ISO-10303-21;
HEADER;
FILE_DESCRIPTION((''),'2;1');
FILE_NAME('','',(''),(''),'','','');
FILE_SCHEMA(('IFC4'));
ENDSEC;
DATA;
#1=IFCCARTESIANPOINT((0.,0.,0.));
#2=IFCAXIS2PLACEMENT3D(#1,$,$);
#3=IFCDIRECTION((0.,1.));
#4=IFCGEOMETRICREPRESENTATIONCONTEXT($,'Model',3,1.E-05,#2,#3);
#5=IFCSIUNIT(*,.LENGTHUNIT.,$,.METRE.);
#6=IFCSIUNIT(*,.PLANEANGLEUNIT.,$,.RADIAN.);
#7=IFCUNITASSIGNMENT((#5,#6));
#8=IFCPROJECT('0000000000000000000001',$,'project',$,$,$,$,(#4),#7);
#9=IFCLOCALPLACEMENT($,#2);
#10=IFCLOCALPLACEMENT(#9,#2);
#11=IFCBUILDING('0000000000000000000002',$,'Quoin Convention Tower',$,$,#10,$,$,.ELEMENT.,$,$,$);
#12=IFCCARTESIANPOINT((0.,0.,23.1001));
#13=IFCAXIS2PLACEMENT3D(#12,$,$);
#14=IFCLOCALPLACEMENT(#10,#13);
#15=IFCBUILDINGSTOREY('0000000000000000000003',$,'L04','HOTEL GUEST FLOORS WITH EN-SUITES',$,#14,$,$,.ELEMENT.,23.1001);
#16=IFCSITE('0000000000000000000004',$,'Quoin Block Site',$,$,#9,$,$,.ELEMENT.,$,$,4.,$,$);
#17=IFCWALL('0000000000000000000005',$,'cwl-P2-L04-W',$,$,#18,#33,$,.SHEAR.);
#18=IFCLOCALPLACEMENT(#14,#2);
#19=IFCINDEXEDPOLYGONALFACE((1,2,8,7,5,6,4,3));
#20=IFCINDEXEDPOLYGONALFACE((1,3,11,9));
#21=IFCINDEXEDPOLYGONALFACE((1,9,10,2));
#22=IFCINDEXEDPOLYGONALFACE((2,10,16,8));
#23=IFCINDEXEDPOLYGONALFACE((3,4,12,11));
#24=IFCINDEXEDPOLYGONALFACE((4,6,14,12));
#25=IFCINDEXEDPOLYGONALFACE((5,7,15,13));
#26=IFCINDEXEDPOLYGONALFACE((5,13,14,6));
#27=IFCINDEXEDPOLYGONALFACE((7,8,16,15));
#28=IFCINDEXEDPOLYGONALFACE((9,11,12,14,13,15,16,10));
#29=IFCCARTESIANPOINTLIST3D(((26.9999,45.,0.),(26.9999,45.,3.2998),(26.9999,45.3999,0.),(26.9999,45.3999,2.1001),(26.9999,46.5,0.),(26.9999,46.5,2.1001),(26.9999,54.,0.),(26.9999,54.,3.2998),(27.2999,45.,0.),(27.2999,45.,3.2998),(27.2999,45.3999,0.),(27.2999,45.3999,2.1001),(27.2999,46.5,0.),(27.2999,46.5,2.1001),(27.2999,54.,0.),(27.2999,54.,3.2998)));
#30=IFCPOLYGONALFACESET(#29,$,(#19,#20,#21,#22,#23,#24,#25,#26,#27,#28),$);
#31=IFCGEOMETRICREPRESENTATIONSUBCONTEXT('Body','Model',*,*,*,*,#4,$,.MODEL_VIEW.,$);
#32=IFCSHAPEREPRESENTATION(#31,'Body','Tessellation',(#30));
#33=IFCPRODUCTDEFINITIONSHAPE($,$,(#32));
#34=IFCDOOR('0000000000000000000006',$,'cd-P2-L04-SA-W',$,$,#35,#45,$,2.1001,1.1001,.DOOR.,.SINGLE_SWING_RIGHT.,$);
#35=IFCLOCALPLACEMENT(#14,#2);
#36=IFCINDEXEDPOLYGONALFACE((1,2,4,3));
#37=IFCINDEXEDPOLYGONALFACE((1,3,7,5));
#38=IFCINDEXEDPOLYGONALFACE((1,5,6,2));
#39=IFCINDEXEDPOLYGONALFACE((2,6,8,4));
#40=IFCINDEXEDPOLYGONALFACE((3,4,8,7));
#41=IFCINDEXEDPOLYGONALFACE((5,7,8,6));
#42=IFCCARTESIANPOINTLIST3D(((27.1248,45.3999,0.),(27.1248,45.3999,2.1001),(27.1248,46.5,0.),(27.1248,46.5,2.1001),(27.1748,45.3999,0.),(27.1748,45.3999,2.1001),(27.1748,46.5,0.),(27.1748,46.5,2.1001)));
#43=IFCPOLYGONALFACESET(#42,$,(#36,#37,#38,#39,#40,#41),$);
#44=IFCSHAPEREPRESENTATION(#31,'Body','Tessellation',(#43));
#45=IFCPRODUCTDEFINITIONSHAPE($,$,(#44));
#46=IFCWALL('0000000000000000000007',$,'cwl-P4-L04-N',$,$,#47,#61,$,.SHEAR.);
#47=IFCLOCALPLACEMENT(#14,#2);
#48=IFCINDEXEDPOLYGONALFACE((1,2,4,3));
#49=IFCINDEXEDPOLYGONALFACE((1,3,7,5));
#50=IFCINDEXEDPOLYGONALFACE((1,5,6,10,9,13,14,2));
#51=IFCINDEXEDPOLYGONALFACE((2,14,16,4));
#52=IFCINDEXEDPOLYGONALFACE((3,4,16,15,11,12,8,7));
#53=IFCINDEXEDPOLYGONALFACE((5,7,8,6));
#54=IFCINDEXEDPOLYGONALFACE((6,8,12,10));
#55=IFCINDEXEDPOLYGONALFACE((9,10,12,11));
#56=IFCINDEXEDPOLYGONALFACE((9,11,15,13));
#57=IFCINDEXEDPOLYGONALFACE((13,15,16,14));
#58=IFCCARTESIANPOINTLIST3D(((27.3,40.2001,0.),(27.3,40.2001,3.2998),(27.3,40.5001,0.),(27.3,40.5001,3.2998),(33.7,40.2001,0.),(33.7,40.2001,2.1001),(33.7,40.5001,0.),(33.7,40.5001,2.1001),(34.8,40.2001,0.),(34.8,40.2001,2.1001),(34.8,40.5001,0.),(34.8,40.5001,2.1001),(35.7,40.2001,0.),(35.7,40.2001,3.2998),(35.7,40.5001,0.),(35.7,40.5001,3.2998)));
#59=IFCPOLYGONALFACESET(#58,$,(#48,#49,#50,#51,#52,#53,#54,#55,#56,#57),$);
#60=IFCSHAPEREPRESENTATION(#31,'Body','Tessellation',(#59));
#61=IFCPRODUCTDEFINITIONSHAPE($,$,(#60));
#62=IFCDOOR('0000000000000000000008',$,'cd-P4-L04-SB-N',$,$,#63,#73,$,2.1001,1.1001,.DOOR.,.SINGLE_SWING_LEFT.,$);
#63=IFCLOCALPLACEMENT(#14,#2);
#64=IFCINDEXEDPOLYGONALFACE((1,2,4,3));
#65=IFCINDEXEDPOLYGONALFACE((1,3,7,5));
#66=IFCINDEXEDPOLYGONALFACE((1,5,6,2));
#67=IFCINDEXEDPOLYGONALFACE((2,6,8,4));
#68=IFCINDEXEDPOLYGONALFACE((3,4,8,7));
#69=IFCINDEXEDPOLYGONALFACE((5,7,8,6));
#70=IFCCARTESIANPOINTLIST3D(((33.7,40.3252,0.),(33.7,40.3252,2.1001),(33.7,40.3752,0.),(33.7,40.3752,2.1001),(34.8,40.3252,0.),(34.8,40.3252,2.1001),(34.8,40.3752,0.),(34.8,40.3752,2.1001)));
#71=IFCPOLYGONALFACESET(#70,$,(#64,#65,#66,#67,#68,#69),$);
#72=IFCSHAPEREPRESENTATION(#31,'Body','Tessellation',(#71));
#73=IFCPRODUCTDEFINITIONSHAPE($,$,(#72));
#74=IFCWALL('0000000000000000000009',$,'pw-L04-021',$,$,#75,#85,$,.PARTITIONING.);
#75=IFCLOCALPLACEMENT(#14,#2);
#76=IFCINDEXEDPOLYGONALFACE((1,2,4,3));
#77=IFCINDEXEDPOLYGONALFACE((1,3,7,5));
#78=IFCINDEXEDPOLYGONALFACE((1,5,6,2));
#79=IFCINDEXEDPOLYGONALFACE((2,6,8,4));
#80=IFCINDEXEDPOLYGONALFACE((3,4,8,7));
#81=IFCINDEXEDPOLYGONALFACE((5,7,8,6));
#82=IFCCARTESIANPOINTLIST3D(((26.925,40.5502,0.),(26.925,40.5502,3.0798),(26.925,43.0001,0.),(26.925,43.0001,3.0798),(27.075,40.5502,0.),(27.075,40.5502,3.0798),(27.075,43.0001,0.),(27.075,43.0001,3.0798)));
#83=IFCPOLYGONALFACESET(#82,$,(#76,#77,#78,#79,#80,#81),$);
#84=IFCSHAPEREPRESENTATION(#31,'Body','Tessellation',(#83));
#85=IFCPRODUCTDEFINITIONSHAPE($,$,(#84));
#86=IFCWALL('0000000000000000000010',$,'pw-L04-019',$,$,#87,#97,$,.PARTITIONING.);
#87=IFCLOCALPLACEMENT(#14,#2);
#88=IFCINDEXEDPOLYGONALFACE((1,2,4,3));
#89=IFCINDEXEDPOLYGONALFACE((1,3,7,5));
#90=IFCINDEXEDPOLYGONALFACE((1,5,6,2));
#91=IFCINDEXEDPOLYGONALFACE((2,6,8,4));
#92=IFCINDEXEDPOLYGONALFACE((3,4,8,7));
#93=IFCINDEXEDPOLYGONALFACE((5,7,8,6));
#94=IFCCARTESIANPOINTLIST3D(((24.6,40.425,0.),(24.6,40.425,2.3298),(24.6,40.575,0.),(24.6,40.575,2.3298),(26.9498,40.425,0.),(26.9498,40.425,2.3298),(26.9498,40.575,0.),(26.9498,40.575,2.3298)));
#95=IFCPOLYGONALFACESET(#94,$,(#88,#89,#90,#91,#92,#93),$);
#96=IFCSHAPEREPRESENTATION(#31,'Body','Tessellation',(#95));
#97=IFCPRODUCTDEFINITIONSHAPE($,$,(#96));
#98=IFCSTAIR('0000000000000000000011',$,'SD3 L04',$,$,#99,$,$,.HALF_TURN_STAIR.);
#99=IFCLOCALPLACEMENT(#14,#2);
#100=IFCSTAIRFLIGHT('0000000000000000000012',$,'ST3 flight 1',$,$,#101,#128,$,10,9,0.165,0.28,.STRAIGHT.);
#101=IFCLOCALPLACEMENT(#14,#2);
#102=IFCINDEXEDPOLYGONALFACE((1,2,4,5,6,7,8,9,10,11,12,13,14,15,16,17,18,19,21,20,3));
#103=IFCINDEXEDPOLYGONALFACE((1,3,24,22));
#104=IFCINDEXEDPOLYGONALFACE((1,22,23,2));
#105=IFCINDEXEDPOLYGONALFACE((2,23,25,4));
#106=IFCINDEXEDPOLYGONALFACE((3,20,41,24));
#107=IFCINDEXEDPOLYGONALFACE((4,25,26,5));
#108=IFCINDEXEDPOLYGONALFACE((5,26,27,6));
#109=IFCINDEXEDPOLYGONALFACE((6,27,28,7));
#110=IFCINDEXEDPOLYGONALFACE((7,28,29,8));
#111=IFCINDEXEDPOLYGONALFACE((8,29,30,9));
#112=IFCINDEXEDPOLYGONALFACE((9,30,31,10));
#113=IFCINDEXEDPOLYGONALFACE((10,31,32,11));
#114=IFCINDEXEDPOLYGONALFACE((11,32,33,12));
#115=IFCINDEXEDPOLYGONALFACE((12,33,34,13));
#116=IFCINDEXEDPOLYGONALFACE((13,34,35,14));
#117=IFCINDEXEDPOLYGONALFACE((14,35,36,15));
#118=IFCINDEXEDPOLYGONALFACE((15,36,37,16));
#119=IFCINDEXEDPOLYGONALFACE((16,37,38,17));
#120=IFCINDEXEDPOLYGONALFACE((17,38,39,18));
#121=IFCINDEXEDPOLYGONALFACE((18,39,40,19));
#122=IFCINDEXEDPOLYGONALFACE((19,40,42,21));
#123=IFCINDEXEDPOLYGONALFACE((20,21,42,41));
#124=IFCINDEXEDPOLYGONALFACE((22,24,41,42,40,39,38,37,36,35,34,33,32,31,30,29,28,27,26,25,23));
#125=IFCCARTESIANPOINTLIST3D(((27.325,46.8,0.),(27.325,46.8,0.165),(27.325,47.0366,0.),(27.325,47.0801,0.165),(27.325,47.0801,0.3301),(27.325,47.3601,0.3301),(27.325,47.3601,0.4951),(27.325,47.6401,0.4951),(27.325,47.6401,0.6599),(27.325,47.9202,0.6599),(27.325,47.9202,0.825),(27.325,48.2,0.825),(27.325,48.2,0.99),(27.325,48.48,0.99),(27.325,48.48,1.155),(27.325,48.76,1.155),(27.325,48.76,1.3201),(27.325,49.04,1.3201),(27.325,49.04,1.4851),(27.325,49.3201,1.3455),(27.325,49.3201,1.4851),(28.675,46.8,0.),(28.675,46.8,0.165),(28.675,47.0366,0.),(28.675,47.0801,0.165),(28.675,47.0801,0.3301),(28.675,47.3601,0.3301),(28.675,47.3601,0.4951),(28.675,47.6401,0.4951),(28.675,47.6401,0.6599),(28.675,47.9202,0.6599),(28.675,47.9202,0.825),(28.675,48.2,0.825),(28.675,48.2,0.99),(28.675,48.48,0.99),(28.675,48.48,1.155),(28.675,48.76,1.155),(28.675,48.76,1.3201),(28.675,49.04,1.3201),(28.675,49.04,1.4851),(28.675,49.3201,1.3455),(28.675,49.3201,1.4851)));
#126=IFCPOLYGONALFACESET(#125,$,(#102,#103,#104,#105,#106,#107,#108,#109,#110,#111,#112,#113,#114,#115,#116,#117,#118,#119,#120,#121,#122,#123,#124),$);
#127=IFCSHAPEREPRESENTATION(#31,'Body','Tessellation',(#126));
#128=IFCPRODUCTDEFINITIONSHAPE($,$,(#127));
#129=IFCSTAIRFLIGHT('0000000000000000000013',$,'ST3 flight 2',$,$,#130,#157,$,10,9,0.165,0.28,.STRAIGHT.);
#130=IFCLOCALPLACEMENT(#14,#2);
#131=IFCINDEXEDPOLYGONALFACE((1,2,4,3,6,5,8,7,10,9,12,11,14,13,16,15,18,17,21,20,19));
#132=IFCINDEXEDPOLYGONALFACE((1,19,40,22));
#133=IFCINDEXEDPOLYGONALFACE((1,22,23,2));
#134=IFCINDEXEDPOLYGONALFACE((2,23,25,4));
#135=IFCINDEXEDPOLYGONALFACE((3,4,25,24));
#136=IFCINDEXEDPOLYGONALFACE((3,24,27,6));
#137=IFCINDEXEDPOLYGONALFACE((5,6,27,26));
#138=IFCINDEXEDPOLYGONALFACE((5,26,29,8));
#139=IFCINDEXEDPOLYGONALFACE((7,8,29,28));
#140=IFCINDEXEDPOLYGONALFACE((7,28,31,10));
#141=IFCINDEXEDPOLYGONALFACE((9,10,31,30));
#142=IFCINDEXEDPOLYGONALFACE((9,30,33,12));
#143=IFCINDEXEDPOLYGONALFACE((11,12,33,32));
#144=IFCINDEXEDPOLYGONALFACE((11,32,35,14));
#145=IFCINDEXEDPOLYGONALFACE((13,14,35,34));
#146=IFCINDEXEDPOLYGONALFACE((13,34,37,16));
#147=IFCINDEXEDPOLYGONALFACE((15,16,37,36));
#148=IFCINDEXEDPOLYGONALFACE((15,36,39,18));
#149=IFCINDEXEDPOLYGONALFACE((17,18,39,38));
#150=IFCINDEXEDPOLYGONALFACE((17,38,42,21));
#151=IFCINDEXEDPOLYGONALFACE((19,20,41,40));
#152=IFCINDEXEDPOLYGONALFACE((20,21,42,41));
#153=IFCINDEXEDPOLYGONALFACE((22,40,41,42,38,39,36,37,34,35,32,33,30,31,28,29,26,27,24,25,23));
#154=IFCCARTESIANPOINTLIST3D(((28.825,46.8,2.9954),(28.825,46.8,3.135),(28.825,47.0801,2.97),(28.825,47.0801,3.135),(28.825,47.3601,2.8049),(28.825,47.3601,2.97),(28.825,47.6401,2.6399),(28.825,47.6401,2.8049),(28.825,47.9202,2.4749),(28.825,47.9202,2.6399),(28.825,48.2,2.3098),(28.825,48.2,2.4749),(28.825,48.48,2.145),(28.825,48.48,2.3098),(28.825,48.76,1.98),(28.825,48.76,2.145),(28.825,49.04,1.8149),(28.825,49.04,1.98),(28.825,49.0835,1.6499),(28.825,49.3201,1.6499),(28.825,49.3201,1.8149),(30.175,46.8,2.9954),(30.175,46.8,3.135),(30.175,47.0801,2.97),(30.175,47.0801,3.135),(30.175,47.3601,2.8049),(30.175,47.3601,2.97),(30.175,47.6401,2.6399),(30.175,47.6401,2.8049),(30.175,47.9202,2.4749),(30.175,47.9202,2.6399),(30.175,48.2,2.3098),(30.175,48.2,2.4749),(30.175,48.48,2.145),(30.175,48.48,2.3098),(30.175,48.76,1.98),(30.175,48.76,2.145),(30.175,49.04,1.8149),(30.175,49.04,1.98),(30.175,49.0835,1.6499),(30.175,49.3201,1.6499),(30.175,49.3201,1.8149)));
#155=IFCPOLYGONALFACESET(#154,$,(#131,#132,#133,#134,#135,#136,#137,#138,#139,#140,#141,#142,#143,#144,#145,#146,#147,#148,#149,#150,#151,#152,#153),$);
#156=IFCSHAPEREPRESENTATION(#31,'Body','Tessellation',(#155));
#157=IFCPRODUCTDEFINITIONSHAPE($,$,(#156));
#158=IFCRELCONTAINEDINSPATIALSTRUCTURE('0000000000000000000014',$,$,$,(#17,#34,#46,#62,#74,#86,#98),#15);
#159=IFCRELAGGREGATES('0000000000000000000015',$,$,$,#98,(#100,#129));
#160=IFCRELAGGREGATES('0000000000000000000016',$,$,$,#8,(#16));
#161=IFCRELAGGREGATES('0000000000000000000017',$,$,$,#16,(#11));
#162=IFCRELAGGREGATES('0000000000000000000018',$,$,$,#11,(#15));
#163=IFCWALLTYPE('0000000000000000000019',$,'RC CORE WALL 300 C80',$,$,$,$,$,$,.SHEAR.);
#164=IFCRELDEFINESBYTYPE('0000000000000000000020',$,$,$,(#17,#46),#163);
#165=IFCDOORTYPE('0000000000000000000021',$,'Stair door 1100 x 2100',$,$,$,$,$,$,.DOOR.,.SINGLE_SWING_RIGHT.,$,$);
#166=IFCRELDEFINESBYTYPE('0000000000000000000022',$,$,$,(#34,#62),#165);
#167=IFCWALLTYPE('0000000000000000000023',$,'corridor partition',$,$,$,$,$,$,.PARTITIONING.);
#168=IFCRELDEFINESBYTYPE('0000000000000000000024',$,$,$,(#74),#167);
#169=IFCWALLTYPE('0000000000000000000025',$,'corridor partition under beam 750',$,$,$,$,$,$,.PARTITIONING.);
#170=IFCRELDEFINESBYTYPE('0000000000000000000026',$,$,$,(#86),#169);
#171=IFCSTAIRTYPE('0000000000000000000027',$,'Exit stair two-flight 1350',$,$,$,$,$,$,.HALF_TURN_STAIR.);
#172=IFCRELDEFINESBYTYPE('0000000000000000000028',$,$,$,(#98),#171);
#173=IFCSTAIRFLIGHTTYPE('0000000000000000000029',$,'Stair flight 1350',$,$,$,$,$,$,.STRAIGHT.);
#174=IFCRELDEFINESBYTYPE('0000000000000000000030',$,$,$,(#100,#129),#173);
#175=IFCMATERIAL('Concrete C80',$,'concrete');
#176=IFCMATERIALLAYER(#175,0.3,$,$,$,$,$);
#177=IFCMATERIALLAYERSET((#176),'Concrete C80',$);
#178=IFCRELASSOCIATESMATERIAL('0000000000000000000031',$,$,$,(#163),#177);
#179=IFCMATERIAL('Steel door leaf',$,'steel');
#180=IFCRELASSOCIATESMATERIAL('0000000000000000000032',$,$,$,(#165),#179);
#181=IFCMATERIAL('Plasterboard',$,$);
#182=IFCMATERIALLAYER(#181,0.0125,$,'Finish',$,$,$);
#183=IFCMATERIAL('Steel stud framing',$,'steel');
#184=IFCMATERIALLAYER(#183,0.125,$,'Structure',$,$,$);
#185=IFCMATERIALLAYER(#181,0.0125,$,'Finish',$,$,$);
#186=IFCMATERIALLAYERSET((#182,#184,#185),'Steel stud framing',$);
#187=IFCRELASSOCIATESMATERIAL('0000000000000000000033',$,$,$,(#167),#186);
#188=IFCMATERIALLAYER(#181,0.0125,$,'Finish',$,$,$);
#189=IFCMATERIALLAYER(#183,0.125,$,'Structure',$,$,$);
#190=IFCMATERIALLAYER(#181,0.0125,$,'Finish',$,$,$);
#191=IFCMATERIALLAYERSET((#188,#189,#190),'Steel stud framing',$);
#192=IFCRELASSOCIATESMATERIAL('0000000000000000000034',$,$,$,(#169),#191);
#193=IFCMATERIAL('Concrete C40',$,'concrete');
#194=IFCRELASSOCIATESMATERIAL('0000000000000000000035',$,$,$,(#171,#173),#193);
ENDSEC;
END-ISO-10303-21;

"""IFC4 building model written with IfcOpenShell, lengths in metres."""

from ifc_helpers import new_model, si_unit, direction, frame, frame_2d, origin, place, context, subcontext, project, spatial, polyline, rectangle, outline, extrude, material, layer, layer_set, type_object, element, fill, aggregate, save


model = new_model("IFC4")

# Units and contexts
model_context = context("Model", 3, precision=1e-05, world=origin(), true_north=direction((0.0, 1.0)))
body_context = subcontext(model_context, "Body", "Model", "MODEL_VIEW")
ifc_project = project(units=[si_unit("LENGTHUNIT", "METRE"), si_unit("PLANEANGLEUNIT", "RADIAN")], contexts=[model_context])

# Site, building, storey
site_placement = place(None, origin())
site = spatial("IfcSite", under=ifc_project, at=site_placement, Name="Quoin Block Site", CompositionType="ELEMENT", RefElevation=4.0)
building_placement = place(site_placement, origin())
building = spatial("IfcBuilding", under=site, at=building_placement, Name="Quoin Convention Tower", CompositionType="ELEMENT")
storey_placement = place(building_placement, frame((0.0, 0.0, 23.1001)))
storey = spatial("IfcBuildingStorey", under=building, at=storey_placement, Name="L04", Description="HOTEL GUEST FLOORS WITH EN-SUITES", CompositionType="ELEMENT", Elevation=23.1001)

# Shared definitions
ifc_material_1 = material(Name="Concrete C80", Category="concrete")

# Shared definitions
ifc_material_2 = material(Name="Steel door leaf", Category="steel")

# Walls, openings, doors
ifc_layer_1 = layer(ifc_material_1, 0.3)
ifc_layer_set_1 = layer_set([ifc_layer_1], Name="Concrete C80")
wall_type_1 = type_object("IfcWallType", Name="RC CORE WALL 300 C80", PredefinedType="SHEAR", material=ifc_layer_set_1)
wall_1_placement = place(storey_placement, frame((27.1499, 45.0, 0.0), z_axis=(0.0, 0.0, 1.0), x_axis=(0.0, 1.0, 0.0)))
wall_1 = element("IfcWall", 1, at=wall_1_placement, inside=storey, type_object=wall_type_1, Name="cwl-P2-L04-W", PredefinedType="SHEAR", context=body_context, shape_type="SweptSolid", body=[
    extrude(rectangle(XDim=9.0, YDim=0.3, at=frame_2d((4.5, 0.0))), origin(), (0.0, 0.0, 1.0), 3.2998),
])
opening_1_placement = place(wall_1_placement, frame((0.3999, 0.0, 0.0)))
opening_1 = element("IfcOpeningElement", 2, at=opening_1_placement, cuts=wall_1, PredefinedType="OPENING", context=body_context, shape_type="SweptSolid", body=[
    extrude(rectangle(XDim=1.1001, YDim=2.1001, at=frame_2d((0.55, 1.05))), frame((0.0, 0.1599, 0.0), z_axis=(0.0, -1.0, 0.0), x_axis=(1.0, 0.0, 0.0)), (0.0, 0.0, 1.0), 0.3201),
])
door_type_1 = type_object("IfcDoorType", Name="Stair door 1100 x 2100", OperationType="SINGLE_SWING_RIGHT", PredefinedType="DOOR", material=ifc_material_2)
door_1_placement = place(opening_1_placement, frame((1.1001, 0.0, 0.0), z_axis=(0.0, 0.0, 1.0), x_axis=(-1.0, 0.0, 0.0)))
door_1 = element("IfcDoor", 3, at=door_1_placement, inside=storey, type_object=door_type_1, Name="cd-P2-L04-SA-W", OperationType="SINGLE_SWING_RIGHT", OverallHeight=2.1001, OverallWidth=1.1001, PredefinedType="DOOR", context=body_context, shape_type="SweptSolid", body=[
    extrude(rectangle(XDim=1.1001, YDim=2.1001, at=frame_2d((0.55, 1.05))), frame((0.0, 0.0249, 0.0), z_axis=(0.0, -1.0, 0.0), x_axis=(1.0, 0.0, 0.0)), (0.0, 0.0, 1.0), 0.05),
])
fill(opening_1, door_1)
wall_2_placement = place(storey_placement, frame((27.3, 40.3501, 0.0), z_axis=(0.0, 0.0, 1.0), x_axis=(1.0, 0.0, 0.0)))
wall_2 = element("IfcWall", 4, at=wall_2_placement, inside=storey, type_object=wall_type_1, Name="cwl-P4-L04-N", PredefinedType="SHEAR", context=body_context, shape_type="SweptSolid", body=[
    extrude(rectangle(XDim=8.3999, YDim=0.3, at=frame_2d((4.2, 0.0))), origin(), (0.0, 0.0, 1.0), 3.2998),
])
opening_2_placement = place(wall_2_placement, frame((6.3999, 0.0, 0.0)))
opening_2 = element("IfcOpeningElement", 5, at=opening_2_placement, cuts=wall_2, PredefinedType="OPENING", context=body_context, shape_type="SweptSolid", body=[
    extrude(rectangle(XDim=1.1001, YDim=2.1001, at=frame_2d((0.55, 1.05))), frame((0.0, 0.1599, 0.0), z_axis=(0.0, -1.0, 0.0), x_axis=(1.0, 0.0, 0.0)), (0.0, 0.0, 1.0), 0.3201),
])
door_2_placement = place(opening_2_placement, frame((1.1001, 0.0, 0.0), z_axis=(0.0, 0.0, 1.0), x_axis=(-1.0, 0.0, 0.0)))
door_2 = element("IfcDoor", 6, at=door_2_placement, inside=storey, type_object=door_type_1, Name="cd-P4-L04-SB-N", OperationType="SINGLE_SWING_LEFT", OverallHeight=2.1001, OverallWidth=1.1001, PredefinedType="DOOR", context=body_context, shape_type="SweptSolid", body=[
    extrude(rectangle(XDim=1.1001, YDim=2.1001, at=frame_2d((0.55, 1.05))), frame((0.0, 0.0249, 0.0), z_axis=(0.0, -1.0, 0.0), x_axis=(1.0, 0.0, 0.0)), (0.0, 0.0, 1.0), 0.05),
])
fill(opening_2, door_2)

# Walls
ifc_material_3 = material(Name="Plasterboard")
ifc_layer_2 = layer(ifc_material_3, 0.0125, Name="Finish")
ifc_material_4 = material(Name="Steel stud framing", Category="steel")
ifc_layer_3 = layer(ifc_material_4, 0.125, Name="Structure")
ifc_layer_4 = layer(ifc_material_3, 0.0125, Name="Finish")
ifc_layer_set_2 = layer_set([ifc_layer_2, ifc_layer_3, ifc_layer_4], Name="Steel stud framing")
wall_type_2 = type_object("IfcWallType", Name="corridor partition", PredefinedType="PARTITIONING", material=ifc_layer_set_2)
wall_3_placement = place(storey_placement, frame((27.0, 40.55, 0.0), z_axis=(0.0, 0.0, 1.0), x_axis=(0.0, 1.0, 0.0)))
element("IfcWall", 7, at=wall_3_placement, inside=storey, type_object=wall_type_2, Name="pw-L04-021", PredefinedType="PARTITIONING", context=body_context, shape_type="SweptSolid", body=[
    extrude(rectangle(XDim=2.45, YDim=0.1499, at=frame_2d((1.2251, 0.0))), origin(), (0.0, 0.0, 1.0), 3.0798),
])
ifc_layer_5 = layer(ifc_material_3, 0.0125, Name="Finish")
ifc_layer_6 = layer(ifc_material_4, 0.125, Name="Structure")
ifc_layer_7 = layer(ifc_material_3, 0.0125, Name="Finish")
ifc_layer_set_3 = layer_set([ifc_layer_5, ifc_layer_6, ifc_layer_7], Name="Steel stud framing")
wall_type_3 = type_object("IfcWallType", Name="corridor partition under beam 750", PredefinedType="PARTITIONING", material=ifc_layer_set_3)
wall_4_placement = place(storey_placement, frame((24.6001, 40.5, 0.0), z_axis=(0.0, 0.0, 1.0), x_axis=(1.0, 0.0, 0.0)))
element("IfcWall", 8, at=wall_4_placement, inside=storey, type_object=wall_type_3, Name="pw-L04-019", PredefinedType="PARTITIONING", context=body_context, shape_type="SweptSolid", body=[
    extrude(rectangle(XDim=2.3499, YDim=0.1499, at=frame_2d((1.1748, 0.0))), origin(), (0.0, 0.0, 1.0), 2.3298),
])

# Stair, stair flights
ifc_material_5 = material(Name="Concrete C40", Category="concrete")
stair_type = type_object("IfcStairType", Name="Exit stair two-flight 1350", PredefinedType="HALF_TURN_STAIR", material=ifc_material_5)
stair_1_placement = place(storey_placement, origin())
stair_1 = element("IfcStair", 9, at=stair_1_placement, inside=storey, type_object=stair_type, Name="SD3 L04", PredefinedType="HALF_TURN_STAIR")
stair_flight_type = type_object("IfcStairFlightType", Name="Stair flight 1350", PredefinedType="STRAIGHT", material=ifc_material_5)
stair_flight_1_placement = place(storey_placement, frame((28.0, 46.8, 0.0), z_axis=(0.0, 0.0, 1.0), x_axis=(0.0, 1.0, 0.0)))
stair_flight_1 = element("IfcStairFlight", 10, at=stair_flight_1_placement, type_object=stair_flight_type, Name="ST3 flight 1", NumberOfRisers=10, NumberOfTreads=9, PredefinedType="STRAIGHT", RiserHeight=0.165, TreadLength=0.28, context=body_context, shape_type="SweptSolid", body=[
    extrude(outline(polyline([(0.0, 0.0), (0.0, 0.165), (0.28, 0.165), (0.28, 0.3301), (0.5601, 0.3301), (0.5601, 0.4951), (0.8401, 0.4951), (0.8401, 0.6599), (1.1201, 0.6599), (1.1201, 0.825), (1.3999, 0.825), (1.3999, 0.99), (1.6799, 0.99), (1.6799, 1.155), (1.96, 1.155), (1.96, 1.3201), (2.24, 1.3201), (2.24, 1.4851), (2.52, 1.4851), (2.52, 1.6499), (2.52, 1.3455), (0.2366, 0.0), (0.0, 0.0)])), frame((0.0, 0.675, 0.0), z_axis=(0.0, -1.0, 0.0), x_axis=(1.0, 0.0, 0.0)), (0.0, 0.0, 1.0), 1.3501),
])
stair_flight_2_placement = place(storey_placement, frame((29.5, 49.3201, 1.6499), z_axis=(0.0, 0.0, 1.0), x_axis=(0.0, -1.0, 0.0)))
stair_flight_2 = element("IfcStairFlight", 11, at=stair_flight_2_placement, type_object=stair_flight_type, Name="ST3 flight 2", NumberOfRisers=10, NumberOfTreads=9, PredefinedType="STRAIGHT", RiserHeight=0.165, TreadLength=0.28, context=body_context, shape_type="SweptSolid", body=[
    extrude(outline(polyline([(0.0, 0.0), (0.0, 0.165), (0.28, 0.165), (0.28, 0.3301), (0.5601, 0.3301), (0.5601, 0.4951), (0.8401, 0.4951), (0.8401, 0.6599), (1.1201, 0.6599), (1.1201, 0.825), (1.3999, 0.825), (1.3999, 0.99), (1.6799, 0.99), (1.6799, 1.155), (1.96, 1.155), (1.96, 1.3201), (2.24, 1.3201), (2.24, 1.4851), (2.52, 1.4851), (2.52, 1.6499), (2.52, 1.3455), (0.2366, 0.0), (0.0, 0.0)])), frame((0.0, 0.675, 0.0), z_axis=(0.0, -1.0, 0.0), x_axis=(1.0, 0.0, 0.0)), (0.0, 0.0, 1.0), 1.3501),
])
aggregate(stair_1, [stair_flight_1, stair_flight_2])

save(model, "model.ifc")
